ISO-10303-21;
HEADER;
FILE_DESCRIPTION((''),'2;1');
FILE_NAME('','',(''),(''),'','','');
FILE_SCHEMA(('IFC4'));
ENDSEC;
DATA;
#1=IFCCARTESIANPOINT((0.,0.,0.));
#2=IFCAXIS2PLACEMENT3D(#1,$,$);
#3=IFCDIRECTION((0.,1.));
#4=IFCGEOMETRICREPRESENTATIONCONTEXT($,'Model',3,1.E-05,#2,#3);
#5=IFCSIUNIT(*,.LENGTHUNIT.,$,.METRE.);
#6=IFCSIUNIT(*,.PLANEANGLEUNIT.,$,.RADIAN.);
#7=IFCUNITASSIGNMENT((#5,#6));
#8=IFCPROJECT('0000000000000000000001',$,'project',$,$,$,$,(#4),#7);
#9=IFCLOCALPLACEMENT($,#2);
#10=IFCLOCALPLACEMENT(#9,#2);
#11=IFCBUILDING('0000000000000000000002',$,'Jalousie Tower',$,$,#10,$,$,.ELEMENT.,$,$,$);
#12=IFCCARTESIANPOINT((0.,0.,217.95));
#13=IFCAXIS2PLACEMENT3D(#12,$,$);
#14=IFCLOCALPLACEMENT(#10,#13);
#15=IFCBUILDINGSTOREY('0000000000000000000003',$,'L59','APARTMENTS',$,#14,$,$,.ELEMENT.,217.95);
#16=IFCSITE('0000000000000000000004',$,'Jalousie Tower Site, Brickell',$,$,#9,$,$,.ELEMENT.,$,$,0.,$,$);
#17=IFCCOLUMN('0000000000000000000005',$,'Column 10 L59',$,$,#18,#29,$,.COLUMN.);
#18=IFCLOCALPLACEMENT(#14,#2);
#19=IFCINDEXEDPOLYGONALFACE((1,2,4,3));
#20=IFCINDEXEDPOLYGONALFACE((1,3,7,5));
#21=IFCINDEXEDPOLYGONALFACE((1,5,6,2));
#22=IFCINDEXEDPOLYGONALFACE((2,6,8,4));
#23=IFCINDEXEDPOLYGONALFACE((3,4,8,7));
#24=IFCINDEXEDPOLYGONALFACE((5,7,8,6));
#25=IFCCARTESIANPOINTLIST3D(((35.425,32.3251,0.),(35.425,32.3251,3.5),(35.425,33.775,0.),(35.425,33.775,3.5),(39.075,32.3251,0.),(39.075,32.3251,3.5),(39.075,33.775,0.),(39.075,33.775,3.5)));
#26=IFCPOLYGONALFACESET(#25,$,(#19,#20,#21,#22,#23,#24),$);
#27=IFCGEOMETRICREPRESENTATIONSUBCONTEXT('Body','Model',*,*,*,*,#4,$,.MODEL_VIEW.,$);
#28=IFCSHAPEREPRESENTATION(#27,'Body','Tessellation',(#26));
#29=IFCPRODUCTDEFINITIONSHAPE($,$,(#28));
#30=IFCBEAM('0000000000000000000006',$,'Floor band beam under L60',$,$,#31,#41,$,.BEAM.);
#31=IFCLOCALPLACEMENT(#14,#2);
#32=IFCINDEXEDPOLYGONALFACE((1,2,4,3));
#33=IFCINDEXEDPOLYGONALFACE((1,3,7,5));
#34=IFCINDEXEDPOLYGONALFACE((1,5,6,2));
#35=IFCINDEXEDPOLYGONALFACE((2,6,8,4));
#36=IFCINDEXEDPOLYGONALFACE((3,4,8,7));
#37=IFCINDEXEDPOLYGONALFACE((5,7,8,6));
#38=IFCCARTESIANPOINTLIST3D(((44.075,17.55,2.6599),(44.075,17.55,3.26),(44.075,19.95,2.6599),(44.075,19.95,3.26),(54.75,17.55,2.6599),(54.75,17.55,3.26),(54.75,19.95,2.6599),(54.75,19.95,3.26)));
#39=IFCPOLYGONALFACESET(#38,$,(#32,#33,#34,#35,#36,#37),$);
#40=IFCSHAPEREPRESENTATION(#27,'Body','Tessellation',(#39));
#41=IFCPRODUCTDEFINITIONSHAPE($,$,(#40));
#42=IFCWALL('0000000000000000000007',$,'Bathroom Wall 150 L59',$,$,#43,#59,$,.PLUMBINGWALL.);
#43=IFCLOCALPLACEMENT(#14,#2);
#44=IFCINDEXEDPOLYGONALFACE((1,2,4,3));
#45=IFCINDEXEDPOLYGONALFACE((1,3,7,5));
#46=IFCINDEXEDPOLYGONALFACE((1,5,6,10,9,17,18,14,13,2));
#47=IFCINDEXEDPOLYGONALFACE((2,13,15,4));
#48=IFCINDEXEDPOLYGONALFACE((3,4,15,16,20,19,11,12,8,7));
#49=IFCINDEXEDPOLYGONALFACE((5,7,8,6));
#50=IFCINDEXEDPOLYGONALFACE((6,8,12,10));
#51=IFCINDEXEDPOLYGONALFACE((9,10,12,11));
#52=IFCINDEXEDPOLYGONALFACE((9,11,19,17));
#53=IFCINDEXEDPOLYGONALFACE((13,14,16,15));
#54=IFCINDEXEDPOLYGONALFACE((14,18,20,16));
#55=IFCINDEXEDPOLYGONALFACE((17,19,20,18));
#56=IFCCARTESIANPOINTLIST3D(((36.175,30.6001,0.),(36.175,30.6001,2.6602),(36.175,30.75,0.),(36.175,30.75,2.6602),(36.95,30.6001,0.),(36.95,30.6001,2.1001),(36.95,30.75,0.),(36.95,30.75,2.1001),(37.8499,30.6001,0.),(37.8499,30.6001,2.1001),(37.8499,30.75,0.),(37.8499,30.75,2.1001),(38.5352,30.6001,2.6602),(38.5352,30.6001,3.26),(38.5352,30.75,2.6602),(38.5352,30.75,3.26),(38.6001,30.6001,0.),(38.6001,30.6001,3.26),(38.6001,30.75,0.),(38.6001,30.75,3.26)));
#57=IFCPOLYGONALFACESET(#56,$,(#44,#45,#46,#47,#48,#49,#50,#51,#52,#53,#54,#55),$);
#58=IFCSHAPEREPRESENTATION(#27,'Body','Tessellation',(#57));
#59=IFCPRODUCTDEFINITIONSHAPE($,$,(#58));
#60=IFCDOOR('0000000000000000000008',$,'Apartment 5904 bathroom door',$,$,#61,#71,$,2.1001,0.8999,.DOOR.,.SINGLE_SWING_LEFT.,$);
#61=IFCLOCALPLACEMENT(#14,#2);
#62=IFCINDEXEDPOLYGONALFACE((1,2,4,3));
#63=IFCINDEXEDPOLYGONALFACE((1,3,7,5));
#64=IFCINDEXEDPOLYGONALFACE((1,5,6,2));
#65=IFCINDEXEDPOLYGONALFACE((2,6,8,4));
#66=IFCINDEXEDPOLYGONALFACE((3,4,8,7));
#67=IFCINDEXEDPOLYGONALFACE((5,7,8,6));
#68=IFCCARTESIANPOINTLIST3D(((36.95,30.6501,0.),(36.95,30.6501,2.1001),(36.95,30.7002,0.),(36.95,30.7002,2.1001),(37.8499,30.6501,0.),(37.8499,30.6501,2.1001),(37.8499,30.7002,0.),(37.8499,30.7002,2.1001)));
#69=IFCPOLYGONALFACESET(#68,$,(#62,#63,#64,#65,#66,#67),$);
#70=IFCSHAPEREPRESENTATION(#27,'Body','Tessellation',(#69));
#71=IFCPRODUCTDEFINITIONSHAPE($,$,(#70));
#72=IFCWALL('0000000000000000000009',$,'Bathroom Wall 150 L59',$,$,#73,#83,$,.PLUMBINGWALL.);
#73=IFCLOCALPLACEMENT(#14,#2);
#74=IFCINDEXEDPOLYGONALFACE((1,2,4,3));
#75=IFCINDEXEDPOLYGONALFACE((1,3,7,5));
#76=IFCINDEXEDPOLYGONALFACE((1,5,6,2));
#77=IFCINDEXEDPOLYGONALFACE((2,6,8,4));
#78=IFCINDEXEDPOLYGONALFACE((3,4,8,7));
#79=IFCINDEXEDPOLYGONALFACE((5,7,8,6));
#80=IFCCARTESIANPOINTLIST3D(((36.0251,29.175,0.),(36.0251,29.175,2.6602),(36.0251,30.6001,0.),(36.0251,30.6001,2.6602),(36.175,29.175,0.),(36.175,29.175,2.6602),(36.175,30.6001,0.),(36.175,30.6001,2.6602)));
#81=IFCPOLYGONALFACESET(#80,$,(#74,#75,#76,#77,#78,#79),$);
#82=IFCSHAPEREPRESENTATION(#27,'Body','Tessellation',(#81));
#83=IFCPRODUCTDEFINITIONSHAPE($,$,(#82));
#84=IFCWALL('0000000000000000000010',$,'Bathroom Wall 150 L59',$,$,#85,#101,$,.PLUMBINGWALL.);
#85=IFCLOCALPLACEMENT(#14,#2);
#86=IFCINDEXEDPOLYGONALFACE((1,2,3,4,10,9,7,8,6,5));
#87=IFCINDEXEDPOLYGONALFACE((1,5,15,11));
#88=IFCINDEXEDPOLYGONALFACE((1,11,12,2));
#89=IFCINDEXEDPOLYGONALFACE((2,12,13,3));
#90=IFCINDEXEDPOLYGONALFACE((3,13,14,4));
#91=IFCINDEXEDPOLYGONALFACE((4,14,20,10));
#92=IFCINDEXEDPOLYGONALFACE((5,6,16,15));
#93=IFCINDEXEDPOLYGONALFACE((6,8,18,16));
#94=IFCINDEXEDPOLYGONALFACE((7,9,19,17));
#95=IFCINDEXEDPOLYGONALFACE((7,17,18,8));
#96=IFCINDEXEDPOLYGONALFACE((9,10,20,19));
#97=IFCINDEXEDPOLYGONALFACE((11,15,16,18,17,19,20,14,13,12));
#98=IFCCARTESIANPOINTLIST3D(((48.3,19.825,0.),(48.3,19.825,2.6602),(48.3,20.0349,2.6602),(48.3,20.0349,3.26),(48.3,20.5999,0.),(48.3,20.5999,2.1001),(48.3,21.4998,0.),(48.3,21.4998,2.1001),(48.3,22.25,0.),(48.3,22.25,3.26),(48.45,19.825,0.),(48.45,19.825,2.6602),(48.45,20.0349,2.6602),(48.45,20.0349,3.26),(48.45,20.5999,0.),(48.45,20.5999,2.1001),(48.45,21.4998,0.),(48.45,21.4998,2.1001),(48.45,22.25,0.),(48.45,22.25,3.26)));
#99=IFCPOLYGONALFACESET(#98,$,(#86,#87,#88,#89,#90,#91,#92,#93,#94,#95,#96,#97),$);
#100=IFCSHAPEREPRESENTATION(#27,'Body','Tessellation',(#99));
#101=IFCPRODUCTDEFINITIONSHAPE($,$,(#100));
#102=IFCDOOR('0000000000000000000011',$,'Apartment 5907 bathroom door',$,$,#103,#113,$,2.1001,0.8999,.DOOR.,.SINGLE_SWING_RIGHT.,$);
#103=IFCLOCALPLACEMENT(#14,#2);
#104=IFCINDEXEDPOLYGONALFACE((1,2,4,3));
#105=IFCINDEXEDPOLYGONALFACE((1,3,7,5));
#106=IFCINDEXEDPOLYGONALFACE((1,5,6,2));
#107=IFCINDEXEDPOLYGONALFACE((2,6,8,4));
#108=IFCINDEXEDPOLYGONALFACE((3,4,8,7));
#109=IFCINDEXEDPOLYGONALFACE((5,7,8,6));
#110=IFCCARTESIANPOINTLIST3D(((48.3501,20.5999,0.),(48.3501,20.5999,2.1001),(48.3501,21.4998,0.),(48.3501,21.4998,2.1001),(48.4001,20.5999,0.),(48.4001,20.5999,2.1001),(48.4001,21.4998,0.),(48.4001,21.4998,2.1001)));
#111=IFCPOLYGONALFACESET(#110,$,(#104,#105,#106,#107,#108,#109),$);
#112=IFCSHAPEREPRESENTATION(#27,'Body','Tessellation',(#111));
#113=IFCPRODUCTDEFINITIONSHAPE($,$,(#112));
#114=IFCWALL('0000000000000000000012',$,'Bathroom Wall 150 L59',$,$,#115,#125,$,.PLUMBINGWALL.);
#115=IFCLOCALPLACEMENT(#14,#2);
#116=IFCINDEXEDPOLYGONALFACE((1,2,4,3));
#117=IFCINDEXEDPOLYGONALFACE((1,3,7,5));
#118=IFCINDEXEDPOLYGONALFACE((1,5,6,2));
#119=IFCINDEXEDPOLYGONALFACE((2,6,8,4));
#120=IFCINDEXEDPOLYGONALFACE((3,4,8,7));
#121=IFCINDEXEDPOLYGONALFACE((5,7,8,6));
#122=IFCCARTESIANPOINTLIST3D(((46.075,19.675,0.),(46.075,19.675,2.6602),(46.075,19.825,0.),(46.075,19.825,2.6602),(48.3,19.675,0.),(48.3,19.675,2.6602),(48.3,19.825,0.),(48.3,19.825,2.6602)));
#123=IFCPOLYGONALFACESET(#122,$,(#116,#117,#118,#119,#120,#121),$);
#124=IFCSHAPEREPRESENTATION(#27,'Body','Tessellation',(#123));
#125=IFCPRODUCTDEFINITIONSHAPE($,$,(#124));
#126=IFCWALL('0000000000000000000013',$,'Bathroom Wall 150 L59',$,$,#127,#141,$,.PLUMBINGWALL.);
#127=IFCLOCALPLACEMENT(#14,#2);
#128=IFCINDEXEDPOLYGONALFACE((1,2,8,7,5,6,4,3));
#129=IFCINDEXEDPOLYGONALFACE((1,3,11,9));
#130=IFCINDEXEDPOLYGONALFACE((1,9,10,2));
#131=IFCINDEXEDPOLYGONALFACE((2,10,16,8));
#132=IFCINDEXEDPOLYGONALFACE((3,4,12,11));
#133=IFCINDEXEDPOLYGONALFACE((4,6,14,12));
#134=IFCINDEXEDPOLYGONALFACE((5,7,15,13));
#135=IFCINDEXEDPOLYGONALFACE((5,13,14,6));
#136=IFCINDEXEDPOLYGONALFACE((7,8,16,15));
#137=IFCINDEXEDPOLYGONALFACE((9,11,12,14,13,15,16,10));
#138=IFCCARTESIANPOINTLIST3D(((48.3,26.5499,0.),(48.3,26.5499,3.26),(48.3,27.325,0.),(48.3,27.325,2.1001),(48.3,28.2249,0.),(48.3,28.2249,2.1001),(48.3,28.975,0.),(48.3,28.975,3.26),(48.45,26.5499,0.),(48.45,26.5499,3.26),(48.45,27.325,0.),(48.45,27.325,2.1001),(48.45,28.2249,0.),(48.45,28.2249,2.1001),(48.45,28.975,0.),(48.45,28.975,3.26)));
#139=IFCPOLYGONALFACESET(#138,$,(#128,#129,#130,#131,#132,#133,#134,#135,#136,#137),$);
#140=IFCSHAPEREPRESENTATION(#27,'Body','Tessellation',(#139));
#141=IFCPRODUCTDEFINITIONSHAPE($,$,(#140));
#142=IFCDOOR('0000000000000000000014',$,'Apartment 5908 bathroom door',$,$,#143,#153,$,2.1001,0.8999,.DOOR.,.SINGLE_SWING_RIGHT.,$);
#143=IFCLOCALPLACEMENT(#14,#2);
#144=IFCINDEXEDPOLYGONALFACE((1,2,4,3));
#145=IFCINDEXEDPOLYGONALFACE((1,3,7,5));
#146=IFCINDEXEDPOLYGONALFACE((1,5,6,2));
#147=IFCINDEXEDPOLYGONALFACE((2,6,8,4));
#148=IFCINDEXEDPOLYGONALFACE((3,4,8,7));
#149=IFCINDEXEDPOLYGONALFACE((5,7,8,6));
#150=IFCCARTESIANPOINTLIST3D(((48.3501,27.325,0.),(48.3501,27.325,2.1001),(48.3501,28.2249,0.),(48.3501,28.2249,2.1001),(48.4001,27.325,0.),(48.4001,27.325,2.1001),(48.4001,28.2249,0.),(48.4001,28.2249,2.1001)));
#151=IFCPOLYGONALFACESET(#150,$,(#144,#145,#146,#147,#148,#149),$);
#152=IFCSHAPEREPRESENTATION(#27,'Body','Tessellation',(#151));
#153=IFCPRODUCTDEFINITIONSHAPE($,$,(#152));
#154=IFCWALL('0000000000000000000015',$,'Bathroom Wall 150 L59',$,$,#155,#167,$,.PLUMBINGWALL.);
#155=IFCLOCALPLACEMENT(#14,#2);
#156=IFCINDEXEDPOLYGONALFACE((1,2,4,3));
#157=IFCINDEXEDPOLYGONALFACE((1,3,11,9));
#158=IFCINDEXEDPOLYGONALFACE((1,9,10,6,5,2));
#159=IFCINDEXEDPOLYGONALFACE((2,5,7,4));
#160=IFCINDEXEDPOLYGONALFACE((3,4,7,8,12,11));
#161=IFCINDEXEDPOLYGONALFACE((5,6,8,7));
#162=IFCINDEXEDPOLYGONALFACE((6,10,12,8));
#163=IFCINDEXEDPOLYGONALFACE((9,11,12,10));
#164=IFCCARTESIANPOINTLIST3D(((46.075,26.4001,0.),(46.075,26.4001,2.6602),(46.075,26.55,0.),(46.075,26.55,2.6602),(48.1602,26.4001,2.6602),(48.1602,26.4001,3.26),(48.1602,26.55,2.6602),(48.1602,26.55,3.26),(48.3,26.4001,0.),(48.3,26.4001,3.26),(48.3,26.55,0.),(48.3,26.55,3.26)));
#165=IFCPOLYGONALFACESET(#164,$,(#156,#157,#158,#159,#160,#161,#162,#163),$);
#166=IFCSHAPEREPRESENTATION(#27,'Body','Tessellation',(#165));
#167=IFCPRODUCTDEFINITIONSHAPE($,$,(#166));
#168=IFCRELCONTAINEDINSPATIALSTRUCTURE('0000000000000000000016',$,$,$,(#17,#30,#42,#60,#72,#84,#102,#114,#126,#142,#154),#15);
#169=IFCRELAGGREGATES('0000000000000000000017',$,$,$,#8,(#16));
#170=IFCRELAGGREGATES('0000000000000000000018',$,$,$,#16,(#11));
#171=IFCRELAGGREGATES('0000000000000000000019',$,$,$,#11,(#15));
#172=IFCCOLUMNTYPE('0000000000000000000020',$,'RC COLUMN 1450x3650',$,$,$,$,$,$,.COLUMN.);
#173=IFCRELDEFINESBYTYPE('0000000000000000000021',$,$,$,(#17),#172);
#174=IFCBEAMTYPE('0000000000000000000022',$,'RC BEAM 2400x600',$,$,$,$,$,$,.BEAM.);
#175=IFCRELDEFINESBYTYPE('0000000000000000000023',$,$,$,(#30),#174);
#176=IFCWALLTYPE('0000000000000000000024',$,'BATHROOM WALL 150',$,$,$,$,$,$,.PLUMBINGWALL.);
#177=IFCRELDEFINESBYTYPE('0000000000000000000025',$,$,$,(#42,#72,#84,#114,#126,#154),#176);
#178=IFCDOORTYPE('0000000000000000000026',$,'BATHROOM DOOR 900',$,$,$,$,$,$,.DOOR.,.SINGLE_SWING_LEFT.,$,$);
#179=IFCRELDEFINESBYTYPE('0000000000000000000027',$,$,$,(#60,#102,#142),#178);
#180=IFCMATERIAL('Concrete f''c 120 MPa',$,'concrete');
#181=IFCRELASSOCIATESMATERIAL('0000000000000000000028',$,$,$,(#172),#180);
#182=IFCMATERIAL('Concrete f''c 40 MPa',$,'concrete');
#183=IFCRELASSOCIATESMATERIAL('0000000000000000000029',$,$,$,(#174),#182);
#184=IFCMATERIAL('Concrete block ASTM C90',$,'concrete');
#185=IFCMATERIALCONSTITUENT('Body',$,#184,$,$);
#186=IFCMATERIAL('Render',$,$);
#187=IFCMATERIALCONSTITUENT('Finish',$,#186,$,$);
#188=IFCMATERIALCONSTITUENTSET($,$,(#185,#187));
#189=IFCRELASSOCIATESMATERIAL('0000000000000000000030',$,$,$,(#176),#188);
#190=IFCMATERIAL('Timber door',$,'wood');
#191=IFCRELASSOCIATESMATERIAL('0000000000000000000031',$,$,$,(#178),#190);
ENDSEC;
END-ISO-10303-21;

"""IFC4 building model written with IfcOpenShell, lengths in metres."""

from ifc_helpers import new_model, si_unit, direction, frame, frame_2d, origin, origin_2d, place, context, subcontext, project, spatial, polyline, rectangle, outline, extrude, material, constituent, constituent_set, material_profile, profile_set, type_object, element, fill, save


model = new_model("IFC4")

# Units and contexts
model_context = context("Model", 3, precision=1e-05, world=origin(), true_north=direction((0.0, 1.0)))
body_context = subcontext(model_context, "Body", "Model", "MODEL_VIEW")
ifc_project = project(units=[si_unit("LENGTHUNIT", "METRE"), si_unit("PLANEANGLEUNIT", "RADIAN")], contexts=[model_context])

# Site, building, storey
site_placement = place(None, origin())
site = spatial("IfcSite", under=ifc_project, at=site_placement, Name="Jalousie Tower Site, Brickell", CompositionType="ELEMENT", RefElevation=0.0)
building_placement = place(site_placement, origin())
building = spatial("IfcBuilding", under=site, at=building_placement, Name="Jalousie Tower", CompositionType="ELEMENT")
storey_placement = place(building_placement, frame((0.0, 0.0, 217.95)))
storey = spatial("IfcBuildingStorey", under=building, at=storey_placement, Name="L59", Description="APARTMENTS", CompositionType="ELEMENT", Elevation=217.95)

# Column
ifc_material_1 = material(Name="Concrete f'c 120 MPa", Category="concrete")
ifc_material_profile_1 = material_profile(ifc_material_1, rectangle(XDim=1.45, YDim=3.6499, at=origin_2d()), Name="RC 1450x3650")
ifc_profile_set_1 = profile_set([ifc_material_profile_1], Name="Concrete f'c 120 MPa")
column_type = type_object("IfcColumnType", Name="RC COLUMN 1450x3650", PredefinedType="COLUMN", material=ifc_profile_set_1)
column_placement = place(storey_placement, frame((37.25, 33.05, 0.0), z_axis=(0.0, 0.0, 1.0), x_axis=(0.0, 1.0, 0.0)))
element("IfcColumn", 1, at=column_placement, inside=storey, type_object=column_type, Name="Column 10 L59", PredefinedType="COLUMN", context=body_context, shape_type="SweptSolid", body=[
    extrude(rectangle(XDim=1.45, YDim=3.6499, at=origin_2d()), origin(), (0.0, 0.0, 1.0), 3.5),
])

# Beam
ifc_material_2 = material(Name="Concrete f'c 40 MPa", Category="concrete")
ifc_material_profile_2 = material_profile(ifc_material_2, rectangle(XDim=2.3999, YDim=0.6001, at=origin_2d()), Name="RC 2400x600")
ifc_profile_set_2 = profile_set([ifc_material_profile_2], Name="Concrete f'c 40 MPa")
beam_type = type_object("IfcBeamType", Name="RC BEAM 2400x600", PredefinedType="BEAM", material=ifc_profile_set_2)
beam_placement = place(storey_placement, frame((44.075, 18.75, 2.96), z_axis=(1.0, 0.0, 0.0), x_axis=(0.0, 1.0, 0.0)))
element("IfcBeam", 2, at=beam_placement, inside=storey, type_object=beam_type, Name="Floor band beam under L60", PredefinedType="BEAM", context=body_context, shape_type="SweptSolid", body=[
    extrude(rectangle(XDim=2.3999, YDim=0.6001, at=origin_2d()), origin(), (0.0, 0.0, 1.0), 10.675),
])

# Wall, opening, door
ifc_material_3 = material(Name="Concrete block ASTM C90", Category="concrete")
ifc_constituent_1 = constituent(ifc_material_3, Name="Body")
ifc_material_4 = material(Name="Render")
ifc_constituent_2 = constituent(ifc_material_4, Name="Finish")
ifc_constituent_set_1 = constituent_set(constituents=[ifc_constituent_1, ifc_constituent_2])
wall_type_1 = type_object("IfcWallType", Name="BATHROOM WALL 150", PredefinedType="PLUMBINGWALL", material=ifc_constituent_set_1)
wall_1_placement = place(storey_placement, frame((36.175, 30.675, 0.0), z_axis=(0.0, 0.0, 1.0), x_axis=(1.0, 0.0, 0.0)))
wall_1 = element("IfcWall", 3, at=wall_1_placement, inside=storey, type_object=wall_type_1, Name="Bathroom Wall 150 L59", PredefinedType="PLUMBINGWALL", context=body_context, shape_type="SweptSolid", body=[
    extrude(outline(polyline([(0.0, 0.0), (2.425, 0.0), (2.425, 3.26), (2.3601, 3.26), (2.3601, 2.6602), (0.0, 2.6602), (0.0, 3.26), (0.0, 0.0)])), frame((0.0, 0.075, 0.0), z_axis=(0.0, -1.0, 0.0), x_axis=(1.0, 0.0, 0.0)), (0.0, 0.0, 1.0), 0.1499),
])
opening_1_placement = place(wall_1_placement, frame((0.7749, 0.0, 0.0)))
opening_1 = element("IfcOpeningElement", 4, at=opening_1_placement, cuts=wall_1, PredefinedType="OPENING", context=body_context, shape_type="SweptSolid", body=[
    extrude(rectangle(XDim=0.8999, YDim=2.1001, at=frame_2d((0.45, 1.05))), frame((0.0, 0.085, 0.0), z_axis=(0.0, -1.0, 0.0), x_axis=(1.0, 0.0, 0.0)), (0.0, 0.0, 1.0), 0.1699),
])
ifc_material_5 = material(Name="Timber door", Category="wood")
door_type_1 = type_object("IfcDoorType", Name="BATHROOM DOOR 900", OperationType="SINGLE_SWING_LEFT", PredefinedType="DOOR", material=ifc_material_5)
door_1_placement = place(opening_1_placement, frame((0.8999, 0.0, 0.0), z_axis=(0.0, 0.0, 1.0), x_axis=(-1.0, 0.0, 0.0)))
door_1 = element("IfcDoor", 5, at=door_1_placement, inside=storey, type_object=door_type_1, Name="Apartment 5904 bathroom door", OperationType="SINGLE_SWING_LEFT", OverallHeight=2.1001, OverallWidth=0.8999, PredefinedType="DOOR", context=body_context, shape_type="SweptSolid", body=[
    extrude(rectangle(XDim=0.8999, YDim=2.1001, at=frame_2d((0.45, 1.05))), frame((0.0, 0.0249, 0.0), z_axis=(0.0, -1.0, 0.0), x_axis=(1.0, 0.0, 0.0)), (0.0, 0.0, 1.0), 0.05),
])
fill(opening_1, door_1)

# Wall
wall_2_placement = place(storey_placement, frame((36.1001, 30.6001, 0.0), z_axis=(0.0, 0.0, 1.0), x_axis=(0.0, -1.0, 0.0)))
element("IfcWall", 6, at=wall_2_placement, inside=storey, type_object=wall_type_1, Name="Bathroom Wall 150 L59", PredefinedType="PLUMBINGWALL", context=body_context, shape_type="SweptSolid", body=[
    extrude(outline(polyline([(0.0, 0.0), (1.425, 0.0), (1.425, 3.26), (1.425, 2.6602), (0.0, 2.6602), (0.0, 3.26), (0.0, 0.0)])), frame((0.0, 0.075, 0.0), z_axis=(0.0, -1.0, 0.0), x_axis=(1.0, 0.0, 0.0)), (0.0, 0.0, 1.0), 0.1499),
])

# Wall, opening, door
wall_3_placement = place(storey_placement, frame((48.375, 19.825, 0.0), z_axis=(0.0, 0.0, 1.0), x_axis=(0.0, 1.0, 0.0)))
wall_3 = element("IfcWall", 7, at=wall_3_placement, inside=storey, type_object=wall_type_1, Name="Bathroom Wall 150 L59", PredefinedType="PLUMBINGWALL", context=body_context, shape_type="SweptSolid", body=[
    extrude(outline(polyline([(0.0, 0.0), (2.425, 0.0), (2.425, 3.26), (0.21, 3.26), (0.21, 2.6602), (0.0, 2.6602), (0.0, 3.26), (0.0, 0.0)])), frame((0.0, 0.075, 0.0), z_axis=(0.0, -1.0, 0.0), x_axis=(1.0, 0.0, 0.0)), (0.0, 0.0, 1.0), 0.1499),
])
opening_2_placement = place(wall_3_placement, frame((0.7749, 0.0, 0.0)))
opening_2 = element("IfcOpeningElement", 8, at=opening_2_placement, cuts=wall_3, PredefinedType="OPENING", context=body_context, shape_type="SweptSolid", body=[
    extrude(rectangle(XDim=0.8999, YDim=2.1001, at=frame_2d((0.45, 1.05))), frame((0.0, 0.085, 0.0), z_axis=(0.0, -1.0, 0.0), x_axis=(1.0, 0.0, 0.0)), (0.0, 0.0, 1.0), 0.1699),
])
door_2_placement = place(opening_2_placement, origin())
door_2 = element("IfcDoor", 9, at=door_2_placement, inside=storey, type_object=door_type_1, Name="Apartment 5907 bathroom door", OperationType="SINGLE_SWING_RIGHT", OverallHeight=2.1001, OverallWidth=0.8999, PredefinedType="DOOR", context=body_context, shape_type="SweptSolid", body=[
    extrude(rectangle(XDim=0.8999, YDim=2.1001, at=frame_2d((0.45, 1.05))), frame((0.0, 0.0249, 0.0), z_axis=(0.0, -1.0, 0.0), x_axis=(1.0, 0.0, 0.0)), (0.0, 0.0, 1.0), 0.05),
])
fill(opening_2, door_2)

# Wall
wall_4_placement = place(storey_placement, frame((48.3, 19.75, 0.0), z_axis=(0.0, 0.0, 1.0), x_axis=(-1.0, 0.0, 0.0)))
element("IfcWall", 10, at=wall_4_placement, inside=storey, type_object=wall_type_1, Name="Bathroom Wall 150 L59", PredefinedType="PLUMBINGWALL", context=body_context, shape_type="SweptSolid", body=[
    extrude(outline(polyline([(0.0, 0.0), (2.2251, 0.0), (2.2251, 3.26), (2.2251, 2.6602), (0.0, 2.6602), (0.0, 3.26), (0.0, 0.0)])), frame((0.0, 0.075, 0.0), z_axis=(0.0, -1.0, 0.0), x_axis=(1.0, 0.0, 0.0)), (0.0, 0.0, 1.0), 0.1499),
])

# Wall, opening, door
wall_5_placement = place(storey_placement, frame((48.375, 26.55, 0.0), z_axis=(0.0, 0.0, 1.0), x_axis=(0.0, 1.0, 0.0)))
wall_5 = element("IfcWall", 11, at=wall_5_placement, inside=storey, type_object=wall_type_1, Name="Bathroom Wall 150 L59", PredefinedType="PLUMBINGWALL", context=body_context, shape_type="SweptSolid", body=[
    extrude(rectangle(XDim=2.425, YDim=0.1499, at=frame_2d((1.2124, 0.0))), origin(), (0.0, 0.0, 1.0), 3.26),
])
opening_3_placement = place(wall_5_placement, frame((0.7749, 0.0, 0.0)))
opening_3 = element("IfcOpeningElement", 12, at=opening_3_placement, cuts=wall_5, PredefinedType="OPENING", context=body_context, shape_type="SweptSolid", body=[
    extrude(rectangle(XDim=0.8999, YDim=2.1001, at=frame_2d((0.45, 1.05))), frame((0.0, 0.085, 0.0), z_axis=(0.0, -1.0, 0.0), x_axis=(1.0, 0.0, 0.0)), (0.0, 0.0, 1.0), 0.1699),
])
door_3_placement = place(opening_3_placement, origin())
door_3 = element("IfcDoor", 13, at=door_3_placement, inside=storey, type_object=door_type_1, Name="Apartment 5908 bathroom door", OperationType="SINGLE_SWING_RIGHT", OverallHeight=2.1001, OverallWidth=0.8999, PredefinedType="DOOR", context=body_context, shape_type="SweptSolid", body=[
    extrude(rectangle(XDim=0.8999, YDim=2.1001, at=frame_2d((0.45, 1.05))), frame((0.0, 0.0249, 0.0), z_axis=(0.0, -1.0, 0.0), x_axis=(1.0, 0.0, 0.0)), (0.0, 0.0, 1.0), 0.05),
])
fill(opening_3, door_3)

# Wall
wall_6_placement = place(storey_placement, frame((48.3, 26.4751, 0.0), z_axis=(0.0, 0.0, 1.0), x_axis=(-1.0, 0.0, 0.0)))
element("IfcWall", 14, at=wall_6_placement, inside=storey, type_object=wall_type_1, Name="Bathroom Wall 150 L59", PredefinedType="PLUMBINGWALL", context=body_context, shape_type="SweptSolid", body=[
    extrude(outline(polyline([(0.0, 0.0), (2.2251, 0.0), (2.2251, 3.26), (2.2251, 2.6602), (0.1399, 2.6602), (0.1399, 3.26), (0.0, 3.26), (0.0, 0.0)])), frame((0.0, 0.075, 0.0), z_axis=(0.0, -1.0, 0.0), x_axis=(1.0, 0.0, 0.0)), (0.0, 0.0, 1.0), 0.1499),
])

save(model, "model.ifc")
